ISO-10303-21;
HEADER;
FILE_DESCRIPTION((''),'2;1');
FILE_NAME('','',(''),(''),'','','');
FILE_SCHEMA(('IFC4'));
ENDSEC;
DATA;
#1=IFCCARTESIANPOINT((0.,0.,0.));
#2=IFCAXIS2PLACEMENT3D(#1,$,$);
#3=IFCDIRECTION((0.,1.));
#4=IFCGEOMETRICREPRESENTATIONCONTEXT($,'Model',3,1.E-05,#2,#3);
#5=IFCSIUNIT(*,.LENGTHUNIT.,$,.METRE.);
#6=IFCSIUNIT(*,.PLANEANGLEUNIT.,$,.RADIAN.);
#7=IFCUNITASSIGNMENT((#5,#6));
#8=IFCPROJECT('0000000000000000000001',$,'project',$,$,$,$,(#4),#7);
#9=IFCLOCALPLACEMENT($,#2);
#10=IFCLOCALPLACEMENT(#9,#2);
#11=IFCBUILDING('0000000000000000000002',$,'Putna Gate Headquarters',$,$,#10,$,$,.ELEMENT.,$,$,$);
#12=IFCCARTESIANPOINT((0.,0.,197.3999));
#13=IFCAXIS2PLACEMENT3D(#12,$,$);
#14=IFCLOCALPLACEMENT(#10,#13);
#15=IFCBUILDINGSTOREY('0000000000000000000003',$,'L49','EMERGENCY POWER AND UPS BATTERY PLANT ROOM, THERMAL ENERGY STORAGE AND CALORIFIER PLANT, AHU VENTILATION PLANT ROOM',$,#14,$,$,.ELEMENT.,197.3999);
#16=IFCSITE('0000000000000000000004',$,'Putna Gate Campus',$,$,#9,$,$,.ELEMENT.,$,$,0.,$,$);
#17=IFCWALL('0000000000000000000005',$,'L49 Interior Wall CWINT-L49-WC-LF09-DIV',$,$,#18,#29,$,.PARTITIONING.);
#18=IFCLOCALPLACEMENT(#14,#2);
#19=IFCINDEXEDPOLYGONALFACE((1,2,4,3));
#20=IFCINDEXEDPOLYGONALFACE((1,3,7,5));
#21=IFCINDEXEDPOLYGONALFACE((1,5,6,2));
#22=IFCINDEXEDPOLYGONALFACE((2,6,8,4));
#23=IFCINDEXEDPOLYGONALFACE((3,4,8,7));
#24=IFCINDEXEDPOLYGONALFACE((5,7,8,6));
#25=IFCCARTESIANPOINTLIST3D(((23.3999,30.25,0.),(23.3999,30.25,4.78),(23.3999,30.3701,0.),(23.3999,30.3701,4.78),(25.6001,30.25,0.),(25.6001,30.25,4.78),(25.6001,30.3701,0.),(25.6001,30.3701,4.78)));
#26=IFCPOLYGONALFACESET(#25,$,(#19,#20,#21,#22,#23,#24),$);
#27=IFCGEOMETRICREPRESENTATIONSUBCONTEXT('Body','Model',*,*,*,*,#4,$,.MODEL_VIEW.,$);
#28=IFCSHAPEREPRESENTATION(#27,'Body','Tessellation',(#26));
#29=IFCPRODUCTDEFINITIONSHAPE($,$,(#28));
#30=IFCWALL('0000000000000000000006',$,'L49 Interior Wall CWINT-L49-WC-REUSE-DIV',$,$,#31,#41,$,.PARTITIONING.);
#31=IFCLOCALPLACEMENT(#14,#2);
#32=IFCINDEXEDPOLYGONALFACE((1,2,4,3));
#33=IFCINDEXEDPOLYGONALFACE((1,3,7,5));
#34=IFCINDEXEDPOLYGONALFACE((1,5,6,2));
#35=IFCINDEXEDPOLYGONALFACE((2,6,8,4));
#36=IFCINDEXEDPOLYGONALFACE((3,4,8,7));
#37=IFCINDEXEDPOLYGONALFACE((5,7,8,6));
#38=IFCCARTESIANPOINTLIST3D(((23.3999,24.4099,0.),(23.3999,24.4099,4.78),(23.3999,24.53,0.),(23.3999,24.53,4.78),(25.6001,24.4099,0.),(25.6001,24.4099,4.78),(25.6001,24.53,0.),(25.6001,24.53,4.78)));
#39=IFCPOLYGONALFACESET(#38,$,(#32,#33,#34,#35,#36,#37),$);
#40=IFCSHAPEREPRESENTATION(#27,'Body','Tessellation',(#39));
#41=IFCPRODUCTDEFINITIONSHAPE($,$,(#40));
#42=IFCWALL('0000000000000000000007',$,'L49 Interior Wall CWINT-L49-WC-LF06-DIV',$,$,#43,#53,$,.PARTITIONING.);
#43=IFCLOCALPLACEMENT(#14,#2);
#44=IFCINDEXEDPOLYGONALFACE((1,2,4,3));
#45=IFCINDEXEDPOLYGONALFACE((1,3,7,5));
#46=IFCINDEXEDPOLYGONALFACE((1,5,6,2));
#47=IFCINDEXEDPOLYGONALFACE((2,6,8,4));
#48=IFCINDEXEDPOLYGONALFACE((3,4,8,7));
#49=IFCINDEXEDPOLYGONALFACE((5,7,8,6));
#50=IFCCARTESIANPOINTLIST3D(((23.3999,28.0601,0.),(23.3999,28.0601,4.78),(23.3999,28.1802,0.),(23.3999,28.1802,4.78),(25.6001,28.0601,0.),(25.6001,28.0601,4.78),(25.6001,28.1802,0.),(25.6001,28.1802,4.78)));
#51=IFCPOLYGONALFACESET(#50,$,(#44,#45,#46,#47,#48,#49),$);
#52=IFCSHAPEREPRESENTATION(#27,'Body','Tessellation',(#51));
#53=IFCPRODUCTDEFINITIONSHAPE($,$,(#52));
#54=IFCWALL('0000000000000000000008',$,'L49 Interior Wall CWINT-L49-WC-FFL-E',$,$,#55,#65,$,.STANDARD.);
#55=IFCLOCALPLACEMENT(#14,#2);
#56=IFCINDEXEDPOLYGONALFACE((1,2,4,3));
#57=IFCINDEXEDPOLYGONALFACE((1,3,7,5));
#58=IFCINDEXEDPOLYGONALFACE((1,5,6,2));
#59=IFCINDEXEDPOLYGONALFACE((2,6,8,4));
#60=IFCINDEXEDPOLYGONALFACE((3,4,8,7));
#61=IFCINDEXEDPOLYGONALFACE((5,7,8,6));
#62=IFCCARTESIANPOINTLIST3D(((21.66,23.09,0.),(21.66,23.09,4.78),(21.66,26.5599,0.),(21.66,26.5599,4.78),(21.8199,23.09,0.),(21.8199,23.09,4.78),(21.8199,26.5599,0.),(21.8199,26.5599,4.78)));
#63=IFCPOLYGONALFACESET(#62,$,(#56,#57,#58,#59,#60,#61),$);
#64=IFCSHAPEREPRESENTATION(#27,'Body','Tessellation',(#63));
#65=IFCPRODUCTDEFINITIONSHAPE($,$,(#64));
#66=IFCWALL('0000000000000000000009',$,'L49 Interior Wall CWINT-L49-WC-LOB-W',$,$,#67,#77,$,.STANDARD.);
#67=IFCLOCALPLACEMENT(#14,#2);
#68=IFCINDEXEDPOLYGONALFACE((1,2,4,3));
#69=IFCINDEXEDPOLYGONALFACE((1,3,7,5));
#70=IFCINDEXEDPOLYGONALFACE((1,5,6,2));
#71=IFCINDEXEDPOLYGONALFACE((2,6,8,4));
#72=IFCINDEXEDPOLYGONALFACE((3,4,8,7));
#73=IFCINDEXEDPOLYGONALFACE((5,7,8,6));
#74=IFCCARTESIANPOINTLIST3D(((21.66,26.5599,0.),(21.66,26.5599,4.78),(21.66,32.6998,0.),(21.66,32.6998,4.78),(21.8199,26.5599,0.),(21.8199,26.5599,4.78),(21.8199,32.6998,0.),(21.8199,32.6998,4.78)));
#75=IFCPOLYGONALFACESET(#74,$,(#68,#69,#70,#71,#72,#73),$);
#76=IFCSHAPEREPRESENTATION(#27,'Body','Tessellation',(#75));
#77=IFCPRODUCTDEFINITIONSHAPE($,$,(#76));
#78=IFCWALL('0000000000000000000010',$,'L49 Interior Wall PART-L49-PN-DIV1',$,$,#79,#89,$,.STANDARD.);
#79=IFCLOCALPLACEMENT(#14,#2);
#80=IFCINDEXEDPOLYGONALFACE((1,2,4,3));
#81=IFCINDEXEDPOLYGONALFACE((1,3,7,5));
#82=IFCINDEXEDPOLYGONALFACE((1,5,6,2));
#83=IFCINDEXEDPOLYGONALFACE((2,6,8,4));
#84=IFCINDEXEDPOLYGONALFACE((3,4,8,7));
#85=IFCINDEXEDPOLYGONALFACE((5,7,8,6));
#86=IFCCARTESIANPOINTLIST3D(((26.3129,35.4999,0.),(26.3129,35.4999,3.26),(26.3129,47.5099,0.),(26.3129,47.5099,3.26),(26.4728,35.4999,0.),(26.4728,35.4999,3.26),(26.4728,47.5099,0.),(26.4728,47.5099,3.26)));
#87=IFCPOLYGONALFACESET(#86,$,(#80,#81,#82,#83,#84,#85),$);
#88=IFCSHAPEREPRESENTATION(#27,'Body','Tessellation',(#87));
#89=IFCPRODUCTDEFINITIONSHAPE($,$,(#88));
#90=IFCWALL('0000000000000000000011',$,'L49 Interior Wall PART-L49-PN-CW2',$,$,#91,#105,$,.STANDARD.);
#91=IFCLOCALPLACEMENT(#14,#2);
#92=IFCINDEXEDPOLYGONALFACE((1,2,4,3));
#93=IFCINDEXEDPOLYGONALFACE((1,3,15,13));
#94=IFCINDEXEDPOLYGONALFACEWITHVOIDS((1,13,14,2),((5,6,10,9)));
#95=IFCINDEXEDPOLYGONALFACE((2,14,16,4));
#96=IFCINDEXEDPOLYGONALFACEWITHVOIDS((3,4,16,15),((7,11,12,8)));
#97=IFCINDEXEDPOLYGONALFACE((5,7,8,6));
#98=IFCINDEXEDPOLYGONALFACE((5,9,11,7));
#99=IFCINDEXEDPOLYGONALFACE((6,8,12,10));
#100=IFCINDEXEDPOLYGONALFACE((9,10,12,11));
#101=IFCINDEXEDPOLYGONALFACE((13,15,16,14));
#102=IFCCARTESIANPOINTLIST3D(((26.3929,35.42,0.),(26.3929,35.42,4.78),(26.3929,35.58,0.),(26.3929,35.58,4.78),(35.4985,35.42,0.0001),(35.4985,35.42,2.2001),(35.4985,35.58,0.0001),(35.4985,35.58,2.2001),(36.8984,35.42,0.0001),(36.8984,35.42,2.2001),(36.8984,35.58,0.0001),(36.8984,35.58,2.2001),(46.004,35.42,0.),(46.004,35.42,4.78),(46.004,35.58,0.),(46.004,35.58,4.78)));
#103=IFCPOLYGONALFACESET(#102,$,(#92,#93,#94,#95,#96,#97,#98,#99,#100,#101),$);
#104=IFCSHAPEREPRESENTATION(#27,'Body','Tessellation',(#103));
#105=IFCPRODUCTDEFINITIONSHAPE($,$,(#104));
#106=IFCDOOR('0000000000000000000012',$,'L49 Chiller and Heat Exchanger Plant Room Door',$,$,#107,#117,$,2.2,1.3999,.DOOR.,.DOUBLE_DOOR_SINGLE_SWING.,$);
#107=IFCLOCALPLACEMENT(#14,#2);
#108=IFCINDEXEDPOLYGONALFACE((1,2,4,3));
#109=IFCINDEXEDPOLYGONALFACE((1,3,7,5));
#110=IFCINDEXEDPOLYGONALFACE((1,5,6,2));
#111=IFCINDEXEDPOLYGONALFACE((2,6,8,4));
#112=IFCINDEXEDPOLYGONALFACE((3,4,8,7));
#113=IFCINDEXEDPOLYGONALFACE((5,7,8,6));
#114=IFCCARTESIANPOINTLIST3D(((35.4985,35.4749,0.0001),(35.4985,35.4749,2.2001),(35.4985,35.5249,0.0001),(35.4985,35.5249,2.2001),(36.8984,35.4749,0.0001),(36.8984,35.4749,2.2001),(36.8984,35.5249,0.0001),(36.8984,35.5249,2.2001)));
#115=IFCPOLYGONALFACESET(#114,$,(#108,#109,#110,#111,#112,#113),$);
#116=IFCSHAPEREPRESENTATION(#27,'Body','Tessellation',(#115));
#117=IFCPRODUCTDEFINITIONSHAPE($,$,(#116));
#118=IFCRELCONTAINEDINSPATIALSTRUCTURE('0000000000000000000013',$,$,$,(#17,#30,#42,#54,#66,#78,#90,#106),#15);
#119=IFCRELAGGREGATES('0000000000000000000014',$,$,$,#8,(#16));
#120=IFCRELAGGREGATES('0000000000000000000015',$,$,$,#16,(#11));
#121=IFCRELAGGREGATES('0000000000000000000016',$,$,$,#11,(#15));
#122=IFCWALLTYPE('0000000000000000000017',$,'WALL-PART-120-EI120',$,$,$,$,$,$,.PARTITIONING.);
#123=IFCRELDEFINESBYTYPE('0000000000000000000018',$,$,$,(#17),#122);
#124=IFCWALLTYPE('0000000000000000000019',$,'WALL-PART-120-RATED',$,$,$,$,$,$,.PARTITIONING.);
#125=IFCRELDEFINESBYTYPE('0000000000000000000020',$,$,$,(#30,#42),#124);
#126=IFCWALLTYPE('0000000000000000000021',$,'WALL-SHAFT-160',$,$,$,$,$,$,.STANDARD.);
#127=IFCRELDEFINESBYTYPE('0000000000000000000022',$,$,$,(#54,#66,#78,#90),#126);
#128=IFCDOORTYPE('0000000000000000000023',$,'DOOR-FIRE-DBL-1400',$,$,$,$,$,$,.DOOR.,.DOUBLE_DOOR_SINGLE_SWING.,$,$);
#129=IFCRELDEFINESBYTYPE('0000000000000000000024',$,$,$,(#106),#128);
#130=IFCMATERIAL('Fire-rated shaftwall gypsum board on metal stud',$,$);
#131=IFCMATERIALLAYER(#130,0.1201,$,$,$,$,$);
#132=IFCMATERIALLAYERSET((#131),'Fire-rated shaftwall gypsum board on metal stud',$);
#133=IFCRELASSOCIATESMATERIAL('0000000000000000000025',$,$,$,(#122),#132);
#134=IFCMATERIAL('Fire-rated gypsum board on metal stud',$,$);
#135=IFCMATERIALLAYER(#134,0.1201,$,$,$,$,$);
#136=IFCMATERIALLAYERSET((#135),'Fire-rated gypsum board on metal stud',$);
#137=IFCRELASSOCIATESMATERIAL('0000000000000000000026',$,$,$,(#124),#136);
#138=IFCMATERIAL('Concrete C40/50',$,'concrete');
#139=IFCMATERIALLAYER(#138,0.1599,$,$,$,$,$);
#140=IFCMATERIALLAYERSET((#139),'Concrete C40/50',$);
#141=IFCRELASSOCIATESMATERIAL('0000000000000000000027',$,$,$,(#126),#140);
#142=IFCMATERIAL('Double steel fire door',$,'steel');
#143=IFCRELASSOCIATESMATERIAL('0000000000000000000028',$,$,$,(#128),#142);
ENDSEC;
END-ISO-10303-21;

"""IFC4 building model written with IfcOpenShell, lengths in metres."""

from ifc_helpers import new_model, si_unit, direction, frame, frame_2d, origin, place, context, subcontext, project, spatial, rectangle, extrude, material, layer, layer_set, type_object, element, fill, save


model = new_model("IFC4")

# Units and contexts
model_context = context("Model", 3, precision=1e-05, world=origin(), true_north=direction((0.0, 1.0)))
body_context = subcontext(model_context, "Body", "Model", "MODEL_VIEW")
ifc_project = project(units=[si_unit("LENGTHUNIT", "METRE"), si_unit("PLANEANGLEUNIT", "RADIAN")], contexts=[model_context])

# Site, building, storey
site_placement = place(None, origin())
site = spatial("IfcSite", under=ifc_project, at=site_placement, Name="Putna Gate Campus", CompositionType="ELEMENT", RefElevation=0.0)
building_placement = place(site_placement, origin())
building = spatial("IfcBuilding", under=site, at=building_placement, Name="Putna Gate Headquarters", CompositionType="ELEMENT")
storey_placement = place(building_placement, frame((0.0, 0.0, 197.3999)))
storey = spatial("IfcBuildingStorey", under=building, at=storey_placement, Name="L49", Description="EMERGENCY POWER AND UPS BATTERY PLANT ROOM, THERMAL ENERGY STORAGE AND CALORIFIER PLANT, AHU VENTILATION PLANT ROOM", CompositionType="ELEMENT", Elevation=197.3999)

# Walls
ifc_material_1 = material(Name="Fire-rated shaftwall gypsum board on metal stud")
ifc_layer_1 = layer(ifc_material_1, 0.1201)
ifc_layer_set_1 = layer_set([ifc_layer_1], Name="Fire-rated shaftwall gypsum board on metal stud")
wall_type_1 = type_object("IfcWallType", Name="WALL-PART-120-EI120", PredefinedType="PARTITIONING", material=ifc_layer_set_1)
wall_1_placement = place(storey_placement, frame((23.3999, 30.3101, 0.0), z_axis=(0.0, 0.0, 1.0), x_axis=(1.0, 0.0, 0.0)))
element("IfcWall", 1, at=wall_1_placement, inside=storey, type_object=wall_type_1, Name="L49 Interior Wall CWINT-L49-WC-LF09-DIV", PredefinedType="PARTITIONING", context=body_context, shape_type="SweptSolid", body=[
    extrude(rectangle(XDim=2.2002, YDim=0.1201, at=frame_2d((1.1001, 0.0))), origin(), (0.0, 0.0, 1.0), 4.78),
])
ifc_material_2 = material(Name="Fire-rated gypsum board on metal stud")
ifc_layer_2 = layer(ifc_material_2, 0.1201)
ifc_layer_set_2 = layer_set([ifc_layer_2], Name="Fire-rated gypsum board on metal stud")
wall_type_2 = type_object("IfcWallType", Name="WALL-PART-120-RATED", PredefinedType="PARTITIONING", material=ifc_layer_set_2)
for number, where, z_axis, x_axis, name in (
    (2, (23.3999, 24.47, 0.0), (0.0, 0.0, 1.0), (1.0, 0.0, 0.0), "L49 Interior Wall CWINT-L49-WC-REUSE-DIV"),
    (3, (23.3999, 28.1201, 0.0), (0.0, 0.0, 1.0), (1.0, 0.0, 0.0), "L49 Interior Wall CWINT-L49-WC-LF06-DIV"),
):
    element("IfcWall", number, at=place(storey_placement, frame(where, z_axis=z_axis, x_axis=x_axis)), inside=storey, type_object=wall_type_2, Name=name, PredefinedType="PARTITIONING", context=body_context, shape_type="SweptSolid", body=[
        extrude(rectangle(XDim=2.2002, YDim=0.1201, at=frame_2d((1.1001, 0.0))), origin(), (0.0, 0.0, 1.0), 4.78),
    ])
ifc_material_3 = material(Name="Concrete C40/50", Category="concrete")
ifc_layer_3 = layer(ifc_material_3, 0.1599)
ifc_layer_set_3 = layer_set([ifc_layer_3], Name="Concrete C40/50")
wall_type_3 = type_object("IfcWallType", Name="WALL-SHAFT-160", PredefinedType="STANDARD", material=ifc_layer_set_3)
wall_2_placement = place(storey_placement, frame((21.74, 23.0901, 0.0), z_axis=(0.0, 0.0, 1.0), x_axis=(0.0, 1.0, 0.0)))
element("IfcWall", 4, at=wall_2_placement, inside=storey, type_object=wall_type_3, Name="L49 Interior Wall CWINT-L49-WC-FFL-E", PredefinedType="STANDARD", context=body_context, shape_type="SweptSolid", body=[
    extrude(rectangle(XDim=3.47, YDim=0.1599, at=frame_2d((1.7349, 0.0))), origin(), (0.0, 0.0, 1.0), 4.78),
])
wall_3_placement = place(storey_placement, frame((21.74, 26.5601, 0.0), z_axis=(0.0, 0.0, 1.0), x_axis=(0.0, 1.0, 0.0)))
element("IfcWall", 5, at=wall_3_placement, inside=storey, type_object=wall_type_3, Name="L49 Interior Wall CWINT-L49-WC-LOB-W", PredefinedType="STANDARD", context=body_context, shape_type="SweptSolid", body=[
    extrude(rectangle(XDim=6.1399, YDim=0.1599, at=frame_2d((3.0698, 0.0))), origin(), (0.0, 0.0, 1.0), 4.78),
])
wall_4_placement = place(storey_placement, frame((26.3928, 35.5, 0.0), z_axis=(0.0, 0.0, 1.0), x_axis=(0.0, 1.0, 0.0)))
element("IfcWall", 6, at=wall_4_placement, inside=storey, type_object=wall_type_3, Name="L49 Interior Wall PART-L49-PN-DIV1", PredefinedType="STANDARD", context=body_context, shape_type="SweptSolid", body=[
    extrude(rectangle(XDim=12.01, YDim=0.1599, at=frame_2d((6.0049, 0.0))), origin(), (0.0, 0.0, 1.0), 3.26),
])

# Wall, opening, door
wall_5_placement = place(storey_placement, frame((26.3928, 35.5, 0.0), z_axis=(0.0, 0.0, 1.0), x_axis=(1.0, 0.0, 0.0)))
wall_5 = element("IfcWall", 7, at=wall_5_placement, inside=storey, type_object=wall_type_3, Name="L49 Interior Wall PART-L49-PN-CW2", PredefinedType="STANDARD", context=body_context, shape_type="SweptSolid", body=[
    extrude(rectangle(XDim=19.6111, YDim=0.1599, at=frame_2d((9.8057, 0.0))), origin(), (0.0, 0.0, 1.0), 4.78),
])
opening_placement = place(wall_5_placement, frame((9.1057, 0.0, 0.0)))
opening = element("IfcOpeningElement", 8, at=opening_placement, cuts=wall_5, PredefinedType="OPENING", context=body_context, shape_type="SweptSolid", body=[
    extrude(rectangle(XDim=1.3999, YDim=2.2, at=frame_2d((0.7, 1.1001))), frame((0.0, 0.0898, 0.0), z_axis=(0.0, -1.0, 0.0), x_axis=(1.0, 0.0, 0.0)), (0.0, 0.0, 1.0), 0.1799),
])
ifc_material_4 = material(Name="Double steel fire door", Category="steel")
door_type = type_object("IfcDoorType", Name="DOOR-FIRE-DBL-1400", OperationType="DOUBLE_DOOR_SINGLE_SWING", PredefinedType="DOOR", material=ifc_material_4)
door_placement = place(opening_placement, origin())
door = element("IfcDoor", 9, at=door_placement, inside=storey, type_object=door_type, Name="L49 Chiller and Heat Exchanger Plant Room Door", OperationType="DOUBLE_DOOR_SINGLE_SWING", OverallHeight=2.2, OverallWidth=1.3999, PredefinedType="DOOR", context=body_context, shape_type="SweptSolid", body=[
    extrude(rectangle(XDim=1.3999, YDim=2.2, at=frame_2d((0.7, 1.1001))), frame((0.0, 0.0249, 0.0), z_axis=(0.0, -1.0, 0.0), x_axis=(1.0, 0.0, 0.0)), (0.0, 0.0, 1.0), 0.05),
])
fill(opening, door)

save(model, "model.ifc")
